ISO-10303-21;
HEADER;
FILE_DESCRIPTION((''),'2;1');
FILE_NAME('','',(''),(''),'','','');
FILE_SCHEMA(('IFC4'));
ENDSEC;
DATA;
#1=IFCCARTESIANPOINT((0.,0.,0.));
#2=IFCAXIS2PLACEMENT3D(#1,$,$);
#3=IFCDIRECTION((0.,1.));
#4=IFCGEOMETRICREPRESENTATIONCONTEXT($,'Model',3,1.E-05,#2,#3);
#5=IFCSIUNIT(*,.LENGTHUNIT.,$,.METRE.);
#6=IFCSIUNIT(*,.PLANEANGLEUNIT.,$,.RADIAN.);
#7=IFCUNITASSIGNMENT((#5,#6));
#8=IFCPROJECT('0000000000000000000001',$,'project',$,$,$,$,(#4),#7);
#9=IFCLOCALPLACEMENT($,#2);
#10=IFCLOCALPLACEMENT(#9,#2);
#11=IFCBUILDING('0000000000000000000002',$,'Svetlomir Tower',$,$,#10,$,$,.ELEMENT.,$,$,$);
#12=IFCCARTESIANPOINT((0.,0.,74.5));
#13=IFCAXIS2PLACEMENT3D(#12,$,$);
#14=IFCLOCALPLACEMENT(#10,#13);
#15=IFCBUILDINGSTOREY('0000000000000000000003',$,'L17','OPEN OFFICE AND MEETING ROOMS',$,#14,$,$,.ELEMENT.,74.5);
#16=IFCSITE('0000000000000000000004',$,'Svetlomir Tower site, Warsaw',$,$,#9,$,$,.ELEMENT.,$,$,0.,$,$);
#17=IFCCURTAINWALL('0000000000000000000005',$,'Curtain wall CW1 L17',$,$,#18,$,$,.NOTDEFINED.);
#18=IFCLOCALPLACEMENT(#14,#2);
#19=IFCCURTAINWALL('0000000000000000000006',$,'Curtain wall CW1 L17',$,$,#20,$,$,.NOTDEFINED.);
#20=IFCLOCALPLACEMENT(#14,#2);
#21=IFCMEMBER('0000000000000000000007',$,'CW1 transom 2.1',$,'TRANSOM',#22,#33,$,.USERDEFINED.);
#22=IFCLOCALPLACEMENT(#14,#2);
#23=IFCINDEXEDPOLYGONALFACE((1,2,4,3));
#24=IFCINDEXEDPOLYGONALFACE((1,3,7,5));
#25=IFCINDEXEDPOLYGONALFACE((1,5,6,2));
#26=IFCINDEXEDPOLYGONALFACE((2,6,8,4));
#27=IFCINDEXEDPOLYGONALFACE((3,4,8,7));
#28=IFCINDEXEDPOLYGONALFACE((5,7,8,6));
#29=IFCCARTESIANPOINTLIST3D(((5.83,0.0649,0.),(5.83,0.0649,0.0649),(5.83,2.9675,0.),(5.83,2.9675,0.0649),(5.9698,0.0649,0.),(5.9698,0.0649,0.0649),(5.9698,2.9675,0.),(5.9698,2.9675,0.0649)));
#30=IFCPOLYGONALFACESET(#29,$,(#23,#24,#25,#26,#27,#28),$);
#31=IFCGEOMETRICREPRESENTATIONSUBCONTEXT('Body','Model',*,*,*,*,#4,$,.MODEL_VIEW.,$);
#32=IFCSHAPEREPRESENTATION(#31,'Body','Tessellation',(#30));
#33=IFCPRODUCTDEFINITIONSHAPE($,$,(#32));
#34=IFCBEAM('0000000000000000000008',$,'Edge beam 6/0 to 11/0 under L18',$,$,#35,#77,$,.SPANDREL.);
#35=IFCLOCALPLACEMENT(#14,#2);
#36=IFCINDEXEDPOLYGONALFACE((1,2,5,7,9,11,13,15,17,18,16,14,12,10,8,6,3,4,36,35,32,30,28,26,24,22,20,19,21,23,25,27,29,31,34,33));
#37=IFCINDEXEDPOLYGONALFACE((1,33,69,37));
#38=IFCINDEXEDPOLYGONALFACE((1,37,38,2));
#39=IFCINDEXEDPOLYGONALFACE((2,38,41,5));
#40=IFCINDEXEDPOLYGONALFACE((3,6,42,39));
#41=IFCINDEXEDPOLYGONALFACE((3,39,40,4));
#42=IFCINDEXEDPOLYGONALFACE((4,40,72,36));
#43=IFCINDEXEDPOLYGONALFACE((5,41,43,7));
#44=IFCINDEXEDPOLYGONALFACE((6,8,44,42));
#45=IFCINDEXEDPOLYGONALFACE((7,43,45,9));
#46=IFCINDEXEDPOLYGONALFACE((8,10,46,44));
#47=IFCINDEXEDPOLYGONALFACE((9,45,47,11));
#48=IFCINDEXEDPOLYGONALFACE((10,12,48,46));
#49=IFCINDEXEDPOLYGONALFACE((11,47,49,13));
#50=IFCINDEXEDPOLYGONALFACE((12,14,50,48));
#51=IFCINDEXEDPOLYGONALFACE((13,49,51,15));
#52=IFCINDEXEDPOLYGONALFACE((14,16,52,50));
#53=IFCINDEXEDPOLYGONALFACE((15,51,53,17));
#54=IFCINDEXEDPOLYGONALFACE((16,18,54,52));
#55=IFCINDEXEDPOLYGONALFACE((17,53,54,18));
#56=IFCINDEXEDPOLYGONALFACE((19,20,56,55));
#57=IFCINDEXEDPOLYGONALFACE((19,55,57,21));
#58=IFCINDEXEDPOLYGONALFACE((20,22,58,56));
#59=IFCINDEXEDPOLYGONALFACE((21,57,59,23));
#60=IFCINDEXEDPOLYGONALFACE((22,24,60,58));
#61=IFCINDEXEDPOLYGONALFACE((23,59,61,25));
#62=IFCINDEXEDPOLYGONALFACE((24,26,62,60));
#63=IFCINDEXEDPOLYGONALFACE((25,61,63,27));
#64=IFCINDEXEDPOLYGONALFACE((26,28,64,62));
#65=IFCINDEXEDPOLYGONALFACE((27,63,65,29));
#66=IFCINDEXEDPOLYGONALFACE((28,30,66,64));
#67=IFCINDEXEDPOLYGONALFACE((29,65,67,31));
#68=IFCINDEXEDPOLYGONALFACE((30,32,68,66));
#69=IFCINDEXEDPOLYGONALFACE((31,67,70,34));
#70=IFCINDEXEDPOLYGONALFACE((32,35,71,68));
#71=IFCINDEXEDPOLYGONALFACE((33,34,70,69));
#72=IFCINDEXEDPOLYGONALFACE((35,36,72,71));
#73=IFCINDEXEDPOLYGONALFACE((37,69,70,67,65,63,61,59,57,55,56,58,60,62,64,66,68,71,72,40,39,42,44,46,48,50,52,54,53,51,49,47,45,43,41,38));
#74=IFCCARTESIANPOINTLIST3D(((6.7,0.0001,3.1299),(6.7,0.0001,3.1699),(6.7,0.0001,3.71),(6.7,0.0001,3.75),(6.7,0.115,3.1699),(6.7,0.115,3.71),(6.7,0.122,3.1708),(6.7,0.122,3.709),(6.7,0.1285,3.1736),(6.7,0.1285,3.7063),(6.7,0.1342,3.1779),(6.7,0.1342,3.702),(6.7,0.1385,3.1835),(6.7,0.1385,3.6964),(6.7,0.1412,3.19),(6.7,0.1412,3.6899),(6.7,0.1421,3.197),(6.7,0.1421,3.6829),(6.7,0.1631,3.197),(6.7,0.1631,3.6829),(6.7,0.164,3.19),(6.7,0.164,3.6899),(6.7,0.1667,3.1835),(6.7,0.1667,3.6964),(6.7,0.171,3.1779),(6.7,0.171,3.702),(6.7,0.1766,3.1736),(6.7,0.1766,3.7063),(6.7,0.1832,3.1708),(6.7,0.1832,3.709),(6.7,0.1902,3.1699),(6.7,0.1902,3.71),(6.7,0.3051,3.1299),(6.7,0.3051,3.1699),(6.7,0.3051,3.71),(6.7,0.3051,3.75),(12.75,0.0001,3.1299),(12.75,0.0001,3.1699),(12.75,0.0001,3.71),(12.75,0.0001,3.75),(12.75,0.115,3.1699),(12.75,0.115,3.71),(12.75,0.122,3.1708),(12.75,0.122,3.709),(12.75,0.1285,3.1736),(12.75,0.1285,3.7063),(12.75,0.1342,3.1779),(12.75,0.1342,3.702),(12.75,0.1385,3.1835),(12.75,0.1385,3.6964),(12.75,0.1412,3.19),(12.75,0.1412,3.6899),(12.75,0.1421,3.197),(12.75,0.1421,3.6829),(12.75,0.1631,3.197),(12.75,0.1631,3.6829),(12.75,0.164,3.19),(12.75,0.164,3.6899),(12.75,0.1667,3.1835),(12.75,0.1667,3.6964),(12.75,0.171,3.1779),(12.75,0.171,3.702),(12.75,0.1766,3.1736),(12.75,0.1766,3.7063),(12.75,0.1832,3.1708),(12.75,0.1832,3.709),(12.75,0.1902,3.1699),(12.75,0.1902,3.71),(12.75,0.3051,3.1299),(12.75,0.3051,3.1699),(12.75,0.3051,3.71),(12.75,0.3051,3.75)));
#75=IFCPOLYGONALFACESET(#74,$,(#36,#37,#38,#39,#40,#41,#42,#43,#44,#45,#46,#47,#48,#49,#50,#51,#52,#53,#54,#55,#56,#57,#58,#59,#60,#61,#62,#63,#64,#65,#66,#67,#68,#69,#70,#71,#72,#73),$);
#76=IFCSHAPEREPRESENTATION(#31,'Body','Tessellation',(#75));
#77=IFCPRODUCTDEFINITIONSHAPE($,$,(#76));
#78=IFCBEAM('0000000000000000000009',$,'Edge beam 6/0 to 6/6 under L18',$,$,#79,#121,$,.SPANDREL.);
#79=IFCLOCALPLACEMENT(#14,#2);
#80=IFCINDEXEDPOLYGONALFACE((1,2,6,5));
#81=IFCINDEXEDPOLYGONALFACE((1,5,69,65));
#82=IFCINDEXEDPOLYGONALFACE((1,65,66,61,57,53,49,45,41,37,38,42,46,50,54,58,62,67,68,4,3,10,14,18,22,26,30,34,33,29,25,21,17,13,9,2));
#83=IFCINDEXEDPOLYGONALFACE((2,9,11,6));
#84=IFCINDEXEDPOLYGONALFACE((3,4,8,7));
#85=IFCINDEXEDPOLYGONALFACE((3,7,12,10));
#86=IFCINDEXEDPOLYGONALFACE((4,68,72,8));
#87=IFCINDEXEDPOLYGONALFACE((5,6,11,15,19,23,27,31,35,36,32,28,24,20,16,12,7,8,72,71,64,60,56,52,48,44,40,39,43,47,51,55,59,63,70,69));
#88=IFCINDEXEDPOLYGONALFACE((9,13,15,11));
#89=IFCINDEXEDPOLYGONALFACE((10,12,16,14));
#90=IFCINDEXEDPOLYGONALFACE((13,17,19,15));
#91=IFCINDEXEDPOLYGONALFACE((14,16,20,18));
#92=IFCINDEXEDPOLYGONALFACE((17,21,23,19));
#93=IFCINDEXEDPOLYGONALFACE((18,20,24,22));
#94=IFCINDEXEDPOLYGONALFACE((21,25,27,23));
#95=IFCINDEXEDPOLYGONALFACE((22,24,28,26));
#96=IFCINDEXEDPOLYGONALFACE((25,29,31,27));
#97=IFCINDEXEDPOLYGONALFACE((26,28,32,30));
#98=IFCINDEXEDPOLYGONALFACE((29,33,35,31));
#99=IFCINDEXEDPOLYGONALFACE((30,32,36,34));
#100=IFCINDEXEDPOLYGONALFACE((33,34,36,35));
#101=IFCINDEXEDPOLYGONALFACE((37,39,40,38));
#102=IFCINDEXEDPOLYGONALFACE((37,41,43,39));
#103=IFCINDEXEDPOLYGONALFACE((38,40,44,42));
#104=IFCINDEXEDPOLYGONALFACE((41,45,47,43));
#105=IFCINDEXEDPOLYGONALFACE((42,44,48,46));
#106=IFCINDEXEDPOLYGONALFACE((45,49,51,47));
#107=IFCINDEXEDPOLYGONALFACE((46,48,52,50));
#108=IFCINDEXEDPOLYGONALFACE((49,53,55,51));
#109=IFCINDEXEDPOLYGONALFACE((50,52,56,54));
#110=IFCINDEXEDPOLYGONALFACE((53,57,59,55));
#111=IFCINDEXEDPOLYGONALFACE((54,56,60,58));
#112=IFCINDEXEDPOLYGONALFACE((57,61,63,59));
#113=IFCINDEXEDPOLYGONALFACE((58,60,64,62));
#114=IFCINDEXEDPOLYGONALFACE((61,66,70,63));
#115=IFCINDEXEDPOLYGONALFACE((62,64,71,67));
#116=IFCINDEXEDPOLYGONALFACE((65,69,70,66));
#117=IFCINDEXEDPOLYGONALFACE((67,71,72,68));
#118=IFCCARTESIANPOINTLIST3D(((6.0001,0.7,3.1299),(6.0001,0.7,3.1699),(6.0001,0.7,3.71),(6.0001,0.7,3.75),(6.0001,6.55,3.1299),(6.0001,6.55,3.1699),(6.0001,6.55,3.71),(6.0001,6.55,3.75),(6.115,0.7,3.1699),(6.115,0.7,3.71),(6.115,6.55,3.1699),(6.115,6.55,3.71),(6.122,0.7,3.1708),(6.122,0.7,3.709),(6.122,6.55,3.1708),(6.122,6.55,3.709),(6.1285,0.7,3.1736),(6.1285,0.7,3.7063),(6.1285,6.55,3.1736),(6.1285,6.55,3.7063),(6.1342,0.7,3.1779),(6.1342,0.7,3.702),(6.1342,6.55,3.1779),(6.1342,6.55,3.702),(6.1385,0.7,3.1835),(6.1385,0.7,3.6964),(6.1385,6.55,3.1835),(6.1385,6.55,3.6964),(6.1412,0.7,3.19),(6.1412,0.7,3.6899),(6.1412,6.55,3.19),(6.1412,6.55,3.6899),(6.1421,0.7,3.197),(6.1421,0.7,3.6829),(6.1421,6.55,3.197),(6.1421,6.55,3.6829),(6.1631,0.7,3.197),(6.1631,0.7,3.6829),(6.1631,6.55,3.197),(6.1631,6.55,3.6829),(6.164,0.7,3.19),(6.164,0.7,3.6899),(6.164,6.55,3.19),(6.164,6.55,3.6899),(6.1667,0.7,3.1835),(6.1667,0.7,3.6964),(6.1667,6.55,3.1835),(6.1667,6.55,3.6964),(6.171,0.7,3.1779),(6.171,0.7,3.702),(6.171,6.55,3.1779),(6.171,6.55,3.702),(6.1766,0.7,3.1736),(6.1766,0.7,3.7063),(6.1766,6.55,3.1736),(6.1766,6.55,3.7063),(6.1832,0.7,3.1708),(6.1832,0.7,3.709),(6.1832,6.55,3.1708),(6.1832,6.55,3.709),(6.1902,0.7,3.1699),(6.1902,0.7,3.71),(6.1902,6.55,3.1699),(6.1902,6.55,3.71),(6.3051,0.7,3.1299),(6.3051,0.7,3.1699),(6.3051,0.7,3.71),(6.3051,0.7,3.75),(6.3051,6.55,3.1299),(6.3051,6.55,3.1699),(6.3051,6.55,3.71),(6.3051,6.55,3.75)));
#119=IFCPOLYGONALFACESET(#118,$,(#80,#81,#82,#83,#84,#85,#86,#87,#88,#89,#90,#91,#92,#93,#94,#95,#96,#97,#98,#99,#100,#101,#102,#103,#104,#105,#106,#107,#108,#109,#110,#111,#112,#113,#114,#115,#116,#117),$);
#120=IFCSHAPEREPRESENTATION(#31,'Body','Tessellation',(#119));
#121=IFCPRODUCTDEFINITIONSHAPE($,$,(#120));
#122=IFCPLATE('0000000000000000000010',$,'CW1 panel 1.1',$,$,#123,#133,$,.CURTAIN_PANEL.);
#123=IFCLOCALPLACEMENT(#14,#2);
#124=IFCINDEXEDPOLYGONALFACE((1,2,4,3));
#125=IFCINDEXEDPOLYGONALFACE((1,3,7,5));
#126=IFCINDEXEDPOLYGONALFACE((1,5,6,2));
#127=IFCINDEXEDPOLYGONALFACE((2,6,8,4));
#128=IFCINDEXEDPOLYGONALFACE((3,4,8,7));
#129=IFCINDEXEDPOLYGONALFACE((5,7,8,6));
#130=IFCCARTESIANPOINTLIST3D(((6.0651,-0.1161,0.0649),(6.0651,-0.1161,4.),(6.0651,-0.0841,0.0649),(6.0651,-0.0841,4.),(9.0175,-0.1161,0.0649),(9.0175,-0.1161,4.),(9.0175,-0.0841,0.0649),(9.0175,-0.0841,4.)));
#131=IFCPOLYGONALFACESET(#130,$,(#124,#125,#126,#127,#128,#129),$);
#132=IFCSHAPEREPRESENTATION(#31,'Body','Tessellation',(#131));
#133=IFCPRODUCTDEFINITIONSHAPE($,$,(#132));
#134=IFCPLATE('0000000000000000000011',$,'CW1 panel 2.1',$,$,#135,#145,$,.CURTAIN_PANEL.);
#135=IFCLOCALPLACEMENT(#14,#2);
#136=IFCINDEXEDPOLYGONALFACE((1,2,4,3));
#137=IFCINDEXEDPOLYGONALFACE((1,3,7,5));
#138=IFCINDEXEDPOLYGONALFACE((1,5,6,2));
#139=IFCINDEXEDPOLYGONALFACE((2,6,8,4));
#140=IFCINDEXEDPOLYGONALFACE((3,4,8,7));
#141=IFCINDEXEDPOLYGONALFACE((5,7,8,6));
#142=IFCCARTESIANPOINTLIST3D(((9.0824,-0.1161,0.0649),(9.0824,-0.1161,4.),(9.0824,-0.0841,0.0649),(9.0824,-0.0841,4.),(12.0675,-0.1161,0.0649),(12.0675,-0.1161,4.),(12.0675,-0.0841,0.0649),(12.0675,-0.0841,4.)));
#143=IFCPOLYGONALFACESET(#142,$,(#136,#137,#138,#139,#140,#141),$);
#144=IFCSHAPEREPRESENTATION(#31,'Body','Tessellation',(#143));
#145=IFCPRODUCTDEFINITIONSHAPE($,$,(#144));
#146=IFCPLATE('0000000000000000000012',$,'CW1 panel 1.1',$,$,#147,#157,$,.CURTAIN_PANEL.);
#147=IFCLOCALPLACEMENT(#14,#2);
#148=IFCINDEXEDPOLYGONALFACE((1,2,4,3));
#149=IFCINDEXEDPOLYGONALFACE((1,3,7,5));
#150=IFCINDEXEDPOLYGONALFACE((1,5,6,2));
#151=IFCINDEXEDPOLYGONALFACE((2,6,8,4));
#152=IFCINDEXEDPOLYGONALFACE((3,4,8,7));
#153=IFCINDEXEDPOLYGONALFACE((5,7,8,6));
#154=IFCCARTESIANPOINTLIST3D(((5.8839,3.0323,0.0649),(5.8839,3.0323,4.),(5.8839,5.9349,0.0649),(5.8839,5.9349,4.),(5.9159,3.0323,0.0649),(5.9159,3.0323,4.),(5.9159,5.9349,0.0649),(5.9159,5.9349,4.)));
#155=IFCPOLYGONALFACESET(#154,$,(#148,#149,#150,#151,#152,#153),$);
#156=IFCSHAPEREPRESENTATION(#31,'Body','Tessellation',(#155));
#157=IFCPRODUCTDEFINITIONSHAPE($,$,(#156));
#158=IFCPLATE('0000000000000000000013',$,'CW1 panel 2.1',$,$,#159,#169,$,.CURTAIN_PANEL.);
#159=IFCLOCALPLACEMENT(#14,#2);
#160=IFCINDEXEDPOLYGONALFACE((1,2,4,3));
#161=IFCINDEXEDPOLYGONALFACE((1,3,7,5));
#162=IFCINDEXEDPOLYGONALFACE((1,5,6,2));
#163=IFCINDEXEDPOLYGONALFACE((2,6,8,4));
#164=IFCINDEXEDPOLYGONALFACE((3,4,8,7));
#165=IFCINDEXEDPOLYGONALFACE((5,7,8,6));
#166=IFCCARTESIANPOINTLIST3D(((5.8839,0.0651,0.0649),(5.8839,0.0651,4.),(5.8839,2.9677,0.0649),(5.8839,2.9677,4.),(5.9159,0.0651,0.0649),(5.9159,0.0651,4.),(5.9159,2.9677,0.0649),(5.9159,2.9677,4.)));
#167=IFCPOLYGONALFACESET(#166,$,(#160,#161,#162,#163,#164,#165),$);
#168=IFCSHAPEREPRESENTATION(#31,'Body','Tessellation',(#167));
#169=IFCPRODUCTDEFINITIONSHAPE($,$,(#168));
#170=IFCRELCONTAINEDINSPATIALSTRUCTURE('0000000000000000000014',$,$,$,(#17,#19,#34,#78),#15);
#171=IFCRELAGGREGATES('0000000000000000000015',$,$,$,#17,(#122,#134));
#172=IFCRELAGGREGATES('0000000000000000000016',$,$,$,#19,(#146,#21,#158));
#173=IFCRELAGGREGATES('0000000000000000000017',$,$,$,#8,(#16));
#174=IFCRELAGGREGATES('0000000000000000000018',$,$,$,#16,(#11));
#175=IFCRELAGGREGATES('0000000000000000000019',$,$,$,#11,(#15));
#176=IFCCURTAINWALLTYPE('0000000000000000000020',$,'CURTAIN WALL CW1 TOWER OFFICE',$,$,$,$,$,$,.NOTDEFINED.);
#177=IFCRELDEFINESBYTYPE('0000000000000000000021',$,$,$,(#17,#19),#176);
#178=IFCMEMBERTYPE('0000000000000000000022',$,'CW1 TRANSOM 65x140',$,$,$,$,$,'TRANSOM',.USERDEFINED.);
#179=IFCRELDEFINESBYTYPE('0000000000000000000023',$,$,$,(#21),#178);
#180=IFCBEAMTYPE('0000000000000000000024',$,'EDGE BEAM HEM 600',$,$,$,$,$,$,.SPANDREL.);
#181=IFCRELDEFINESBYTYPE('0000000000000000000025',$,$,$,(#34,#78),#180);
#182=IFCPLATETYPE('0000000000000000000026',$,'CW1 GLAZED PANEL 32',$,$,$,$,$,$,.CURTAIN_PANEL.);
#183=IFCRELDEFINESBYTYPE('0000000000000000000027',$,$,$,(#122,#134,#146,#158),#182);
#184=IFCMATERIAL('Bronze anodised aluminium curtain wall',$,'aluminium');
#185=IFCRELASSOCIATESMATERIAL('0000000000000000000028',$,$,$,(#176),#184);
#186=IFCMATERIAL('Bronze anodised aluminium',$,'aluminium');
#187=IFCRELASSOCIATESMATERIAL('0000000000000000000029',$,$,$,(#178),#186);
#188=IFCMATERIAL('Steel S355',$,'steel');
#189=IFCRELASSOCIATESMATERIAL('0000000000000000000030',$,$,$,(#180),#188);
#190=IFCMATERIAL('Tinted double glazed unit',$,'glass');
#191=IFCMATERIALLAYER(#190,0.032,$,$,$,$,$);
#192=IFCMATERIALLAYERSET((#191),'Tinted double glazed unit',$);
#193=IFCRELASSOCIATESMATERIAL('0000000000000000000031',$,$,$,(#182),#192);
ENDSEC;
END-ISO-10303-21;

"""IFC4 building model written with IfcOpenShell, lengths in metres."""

from ifc_helpers import new_model, si_unit, direction, frame, origin, origin_2d, place, context, subcontext, project, spatial, rectangle, i_section, extrude, material, layer, layer_set, material_profile, profile_set, type_object, element, aggregate, save


model = new_model("IFC4")

# Units and contexts
model_context = context("Model", 3, precision=1e-05, world=origin(), true_north=direction((0.0, 1.0)))
body_context = subcontext(model_context, "Body", "Model", "MODEL_VIEW")
ifc_project = project(units=[si_unit("LENGTHUNIT", "METRE"), si_unit("PLANEANGLEUNIT", "RADIAN")], contexts=[model_context])

# Site, building, storey
site_placement = place(None, origin())
site = spatial("IfcSite", under=ifc_project, at=site_placement, Name="Svetlomir Tower site, Warsaw", CompositionType="ELEMENT", RefElevation=0.0)
building_placement = place(site_placement, origin())
building = spatial("IfcBuilding", under=site, at=building_placement, Name="Svetlomir Tower", CompositionType="ELEMENT")
storey_placement = place(building_placement, frame((0.0, 0.0, 74.5)))
storey = spatial("IfcBuildingStorey", under=building, at=storey_placement, Name="L17", Description="OPEN OFFICE AND MEETING ROOMS", CompositionType="ELEMENT", Elevation=74.5)

# Curtain walls
ifc_material_1 = material(Name="Bronze anodised aluminium curtain wall", Category="aluminium")
curtain_wall_type = type_object("IfcCurtainWallType", Name="CURTAIN WALL CW1 TOWER OFFICE", PredefinedType="NOTDEFINED", material=ifc_material_1)
curtain_wall_1_placement = place(storey_placement, origin())
curtain_wall_1 = element("IfcCurtainWall", 1, at=curtain_wall_1_placement, inside=storey, type_object=curtain_wall_type, Name="Curtain wall CW1 L17", PredefinedType="NOTDEFINED")
curtain_wall_2_placement = place(storey_placement, origin())
curtain_wall_2 = element("IfcCurtainWall", 2, at=curtain_wall_2_placement, inside=storey, type_object=curtain_wall_type, Name="Curtain wall CW1 L17", PredefinedType="NOTDEFINED")

# Member
ifc_material_2 = material(Name="Bronze anodised aluminium", Category="aluminium")
ifc_material_profile_1 = material_profile(ifc_material_2, rectangle(XDim=0.1399, YDim=0.0649, at=origin_2d()), Name="AL 140x65")
ifc_profile_set_1 = profile_set([ifc_material_profile_1], Name="Bronze anodised aluminium 6063-T6")
member_type_1 = type_object("IfcMemberType", Name="CW1 TRANSOM 65x140", ElementType="TRANSOM", PredefinedType="USERDEFINED", material=ifc_profile_set_1)
member_1_placement = place(storey_placement, frame((5.8999, 2.9675, 0.0325), z_axis=(0.0, -1.0, 0.0), x_axis=(1.0, 0.0, 0.0)))
member_1 = element("IfcMember", 3, at=member_1_placement, type_object=member_type_1, Name="CW1 transom 2.1", ObjectType="TRANSOM", PredefinedType="USERDEFINED", context=body_context, shape_type="SweptSolid", body=[
    extrude(rectangle(XDim=0.1399, YDim=0.0649, at=origin_2d()), origin(), (0.0, 0.0, 1.0), 2.9026),
])

# Beams
ifc_material_3 = material(Name="Steel S355", Category="steel")
ifc_material_profile_2 = material_profile(ifc_material_3, i_section(OverallWidth=0.3049, OverallDepth=0.6201, WebThickness=0.021, FlangeThickness=0.04, FilletRadius=0.0271, at=origin_2d()), Name="HEM 600")
ifc_profile_set_2 = profile_set([ifc_material_profile_2], Name="Steel S355")
beam_type = type_object("IfcBeamType", Name="EDGE BEAM HEM 600", PredefinedType="SPANDREL", material=ifc_profile_set_2)
beam_1_placement = place(storey_placement, frame((6.7, 0.1526, 3.4399), z_axis=(1.0, 0.0, 0.0), x_axis=(0.0, 1.0, 0.0)))
element("IfcBeam", 4, at=beam_1_placement, inside=storey, type_object=beam_type, Name="Edge beam 6/0 to 11/0 under L18", PredefinedType="SPANDREL", context=body_context, shape_type="SweptSolid", body=[
    extrude(i_section(OverallWidth=0.3049, OverallDepth=0.6201, WebThickness=0.021, FlangeThickness=0.04, FilletRadius=0.0271, at=origin_2d()), origin(), (0.0, 0.0, 1.0), 6.05),
])
beam_2_placement = place(storey_placement, frame((6.1526, 0.7, 3.4399), z_axis=(0.0, 1.0, 0.0), x_axis=(-1.0, 0.0, 0.0)))
element("IfcBeam", 5, at=beam_2_placement, inside=storey, type_object=beam_type, Name="Edge beam 6/0 to 6/6 under L18", PredefinedType="SPANDREL", context=body_context, shape_type="SweptSolid", body=[
    extrude(i_section(OverallWidth=0.3049, OverallDepth=0.6201, WebThickness=0.021, FlangeThickness=0.04, FilletRadius=0.0271, at=origin_2d()), origin(), (0.0, 0.0, 1.0), 5.8501),
])

# Plates
ifc_material_4 = material(Name="Tinted double glazed unit", Category="glass")
ifc_layer_1 = layer(ifc_material_4, 0.032)
ifc_layer_set_1 = layer_set([ifc_layer_1], Name="Tinted double glazed unit")
plate_type = type_object("IfcPlateType", Name="CW1 GLAZED PANEL 32", PredefinedType="CURTAIN_PANEL", material=ifc_layer_set_1)
plate_1_placement = place(storey_placement, frame((7.5413, -0.1001, 0.0649), z_axis=(0.0, 0.0, 1.0), x_axis=(1.0, 0.0, 0.0)))
plate_1 = element("IfcPlate", 6, at=plate_1_placement, type_object=plate_type, Name="CW1 panel 1.1", PredefinedType="CURTAIN_PANEL", context=body_context, shape_type="SweptSolid", body=[
    extrude(rectangle(XDim=2.9524, YDim=0.032, at=origin_2d()), origin(), (0.0, 0.0, 1.0), 3.9351),
])
plate_2_placement = place(storey_placement, frame((10.575, -0.1001, 0.0649), z_axis=(0.0, 0.0, 1.0), x_axis=(1.0, 0.0, 0.0)))
plate_2 = element("IfcPlate", 7, at=plate_2_placement, type_object=plate_type, Name="CW1 panel 2.1", PredefinedType="CURTAIN_PANEL", context=body_context, shape_type="SweptSolid", body=[
    extrude(rectangle(XDim=2.9851, YDim=0.032, at=origin_2d()), origin(), (0.0, 0.0, 1.0), 3.9351),
])
aggregate(curtain_wall_1, [plate_1, plate_2])
plate_3_placement = place(storey_placement, frame((5.8999, 4.4836, 0.0649), z_axis=(0.0, 0.0, 1.0), x_axis=(0.0, -1.0, 0.0)))
plate_3 = element("IfcPlate", 8, at=plate_3_placement, type_object=plate_type, Name="CW1 panel 1.1", PredefinedType="CURTAIN_PANEL", context=body_context, shape_type="SweptSolid", body=[
    extrude(rectangle(XDim=2.9026, YDim=0.032, at=origin_2d()), origin(), (0.0, 0.0, 1.0), 3.9351),
])
plate_4_placement = place(storey_placement, frame((5.8999, 1.5164, 0.0649), z_axis=(0.0, 0.0, 1.0), x_axis=(0.0, -1.0, 0.0)))
plate_4 = element("IfcPlate", 9, at=plate_4_placement, type_object=plate_type, Name="CW1 panel 2.1", PredefinedType="CURTAIN_PANEL", context=body_context, shape_type="SweptSolid", body=[
    extrude(rectangle(XDim=2.9026, YDim=0.032, at=origin_2d()), origin(), (0.0, 0.0, 1.0), 3.9351),
])
aggregate(curtain_wall_2, [plate_3, member_1, plate_4])

save(model, "model.ifc")
